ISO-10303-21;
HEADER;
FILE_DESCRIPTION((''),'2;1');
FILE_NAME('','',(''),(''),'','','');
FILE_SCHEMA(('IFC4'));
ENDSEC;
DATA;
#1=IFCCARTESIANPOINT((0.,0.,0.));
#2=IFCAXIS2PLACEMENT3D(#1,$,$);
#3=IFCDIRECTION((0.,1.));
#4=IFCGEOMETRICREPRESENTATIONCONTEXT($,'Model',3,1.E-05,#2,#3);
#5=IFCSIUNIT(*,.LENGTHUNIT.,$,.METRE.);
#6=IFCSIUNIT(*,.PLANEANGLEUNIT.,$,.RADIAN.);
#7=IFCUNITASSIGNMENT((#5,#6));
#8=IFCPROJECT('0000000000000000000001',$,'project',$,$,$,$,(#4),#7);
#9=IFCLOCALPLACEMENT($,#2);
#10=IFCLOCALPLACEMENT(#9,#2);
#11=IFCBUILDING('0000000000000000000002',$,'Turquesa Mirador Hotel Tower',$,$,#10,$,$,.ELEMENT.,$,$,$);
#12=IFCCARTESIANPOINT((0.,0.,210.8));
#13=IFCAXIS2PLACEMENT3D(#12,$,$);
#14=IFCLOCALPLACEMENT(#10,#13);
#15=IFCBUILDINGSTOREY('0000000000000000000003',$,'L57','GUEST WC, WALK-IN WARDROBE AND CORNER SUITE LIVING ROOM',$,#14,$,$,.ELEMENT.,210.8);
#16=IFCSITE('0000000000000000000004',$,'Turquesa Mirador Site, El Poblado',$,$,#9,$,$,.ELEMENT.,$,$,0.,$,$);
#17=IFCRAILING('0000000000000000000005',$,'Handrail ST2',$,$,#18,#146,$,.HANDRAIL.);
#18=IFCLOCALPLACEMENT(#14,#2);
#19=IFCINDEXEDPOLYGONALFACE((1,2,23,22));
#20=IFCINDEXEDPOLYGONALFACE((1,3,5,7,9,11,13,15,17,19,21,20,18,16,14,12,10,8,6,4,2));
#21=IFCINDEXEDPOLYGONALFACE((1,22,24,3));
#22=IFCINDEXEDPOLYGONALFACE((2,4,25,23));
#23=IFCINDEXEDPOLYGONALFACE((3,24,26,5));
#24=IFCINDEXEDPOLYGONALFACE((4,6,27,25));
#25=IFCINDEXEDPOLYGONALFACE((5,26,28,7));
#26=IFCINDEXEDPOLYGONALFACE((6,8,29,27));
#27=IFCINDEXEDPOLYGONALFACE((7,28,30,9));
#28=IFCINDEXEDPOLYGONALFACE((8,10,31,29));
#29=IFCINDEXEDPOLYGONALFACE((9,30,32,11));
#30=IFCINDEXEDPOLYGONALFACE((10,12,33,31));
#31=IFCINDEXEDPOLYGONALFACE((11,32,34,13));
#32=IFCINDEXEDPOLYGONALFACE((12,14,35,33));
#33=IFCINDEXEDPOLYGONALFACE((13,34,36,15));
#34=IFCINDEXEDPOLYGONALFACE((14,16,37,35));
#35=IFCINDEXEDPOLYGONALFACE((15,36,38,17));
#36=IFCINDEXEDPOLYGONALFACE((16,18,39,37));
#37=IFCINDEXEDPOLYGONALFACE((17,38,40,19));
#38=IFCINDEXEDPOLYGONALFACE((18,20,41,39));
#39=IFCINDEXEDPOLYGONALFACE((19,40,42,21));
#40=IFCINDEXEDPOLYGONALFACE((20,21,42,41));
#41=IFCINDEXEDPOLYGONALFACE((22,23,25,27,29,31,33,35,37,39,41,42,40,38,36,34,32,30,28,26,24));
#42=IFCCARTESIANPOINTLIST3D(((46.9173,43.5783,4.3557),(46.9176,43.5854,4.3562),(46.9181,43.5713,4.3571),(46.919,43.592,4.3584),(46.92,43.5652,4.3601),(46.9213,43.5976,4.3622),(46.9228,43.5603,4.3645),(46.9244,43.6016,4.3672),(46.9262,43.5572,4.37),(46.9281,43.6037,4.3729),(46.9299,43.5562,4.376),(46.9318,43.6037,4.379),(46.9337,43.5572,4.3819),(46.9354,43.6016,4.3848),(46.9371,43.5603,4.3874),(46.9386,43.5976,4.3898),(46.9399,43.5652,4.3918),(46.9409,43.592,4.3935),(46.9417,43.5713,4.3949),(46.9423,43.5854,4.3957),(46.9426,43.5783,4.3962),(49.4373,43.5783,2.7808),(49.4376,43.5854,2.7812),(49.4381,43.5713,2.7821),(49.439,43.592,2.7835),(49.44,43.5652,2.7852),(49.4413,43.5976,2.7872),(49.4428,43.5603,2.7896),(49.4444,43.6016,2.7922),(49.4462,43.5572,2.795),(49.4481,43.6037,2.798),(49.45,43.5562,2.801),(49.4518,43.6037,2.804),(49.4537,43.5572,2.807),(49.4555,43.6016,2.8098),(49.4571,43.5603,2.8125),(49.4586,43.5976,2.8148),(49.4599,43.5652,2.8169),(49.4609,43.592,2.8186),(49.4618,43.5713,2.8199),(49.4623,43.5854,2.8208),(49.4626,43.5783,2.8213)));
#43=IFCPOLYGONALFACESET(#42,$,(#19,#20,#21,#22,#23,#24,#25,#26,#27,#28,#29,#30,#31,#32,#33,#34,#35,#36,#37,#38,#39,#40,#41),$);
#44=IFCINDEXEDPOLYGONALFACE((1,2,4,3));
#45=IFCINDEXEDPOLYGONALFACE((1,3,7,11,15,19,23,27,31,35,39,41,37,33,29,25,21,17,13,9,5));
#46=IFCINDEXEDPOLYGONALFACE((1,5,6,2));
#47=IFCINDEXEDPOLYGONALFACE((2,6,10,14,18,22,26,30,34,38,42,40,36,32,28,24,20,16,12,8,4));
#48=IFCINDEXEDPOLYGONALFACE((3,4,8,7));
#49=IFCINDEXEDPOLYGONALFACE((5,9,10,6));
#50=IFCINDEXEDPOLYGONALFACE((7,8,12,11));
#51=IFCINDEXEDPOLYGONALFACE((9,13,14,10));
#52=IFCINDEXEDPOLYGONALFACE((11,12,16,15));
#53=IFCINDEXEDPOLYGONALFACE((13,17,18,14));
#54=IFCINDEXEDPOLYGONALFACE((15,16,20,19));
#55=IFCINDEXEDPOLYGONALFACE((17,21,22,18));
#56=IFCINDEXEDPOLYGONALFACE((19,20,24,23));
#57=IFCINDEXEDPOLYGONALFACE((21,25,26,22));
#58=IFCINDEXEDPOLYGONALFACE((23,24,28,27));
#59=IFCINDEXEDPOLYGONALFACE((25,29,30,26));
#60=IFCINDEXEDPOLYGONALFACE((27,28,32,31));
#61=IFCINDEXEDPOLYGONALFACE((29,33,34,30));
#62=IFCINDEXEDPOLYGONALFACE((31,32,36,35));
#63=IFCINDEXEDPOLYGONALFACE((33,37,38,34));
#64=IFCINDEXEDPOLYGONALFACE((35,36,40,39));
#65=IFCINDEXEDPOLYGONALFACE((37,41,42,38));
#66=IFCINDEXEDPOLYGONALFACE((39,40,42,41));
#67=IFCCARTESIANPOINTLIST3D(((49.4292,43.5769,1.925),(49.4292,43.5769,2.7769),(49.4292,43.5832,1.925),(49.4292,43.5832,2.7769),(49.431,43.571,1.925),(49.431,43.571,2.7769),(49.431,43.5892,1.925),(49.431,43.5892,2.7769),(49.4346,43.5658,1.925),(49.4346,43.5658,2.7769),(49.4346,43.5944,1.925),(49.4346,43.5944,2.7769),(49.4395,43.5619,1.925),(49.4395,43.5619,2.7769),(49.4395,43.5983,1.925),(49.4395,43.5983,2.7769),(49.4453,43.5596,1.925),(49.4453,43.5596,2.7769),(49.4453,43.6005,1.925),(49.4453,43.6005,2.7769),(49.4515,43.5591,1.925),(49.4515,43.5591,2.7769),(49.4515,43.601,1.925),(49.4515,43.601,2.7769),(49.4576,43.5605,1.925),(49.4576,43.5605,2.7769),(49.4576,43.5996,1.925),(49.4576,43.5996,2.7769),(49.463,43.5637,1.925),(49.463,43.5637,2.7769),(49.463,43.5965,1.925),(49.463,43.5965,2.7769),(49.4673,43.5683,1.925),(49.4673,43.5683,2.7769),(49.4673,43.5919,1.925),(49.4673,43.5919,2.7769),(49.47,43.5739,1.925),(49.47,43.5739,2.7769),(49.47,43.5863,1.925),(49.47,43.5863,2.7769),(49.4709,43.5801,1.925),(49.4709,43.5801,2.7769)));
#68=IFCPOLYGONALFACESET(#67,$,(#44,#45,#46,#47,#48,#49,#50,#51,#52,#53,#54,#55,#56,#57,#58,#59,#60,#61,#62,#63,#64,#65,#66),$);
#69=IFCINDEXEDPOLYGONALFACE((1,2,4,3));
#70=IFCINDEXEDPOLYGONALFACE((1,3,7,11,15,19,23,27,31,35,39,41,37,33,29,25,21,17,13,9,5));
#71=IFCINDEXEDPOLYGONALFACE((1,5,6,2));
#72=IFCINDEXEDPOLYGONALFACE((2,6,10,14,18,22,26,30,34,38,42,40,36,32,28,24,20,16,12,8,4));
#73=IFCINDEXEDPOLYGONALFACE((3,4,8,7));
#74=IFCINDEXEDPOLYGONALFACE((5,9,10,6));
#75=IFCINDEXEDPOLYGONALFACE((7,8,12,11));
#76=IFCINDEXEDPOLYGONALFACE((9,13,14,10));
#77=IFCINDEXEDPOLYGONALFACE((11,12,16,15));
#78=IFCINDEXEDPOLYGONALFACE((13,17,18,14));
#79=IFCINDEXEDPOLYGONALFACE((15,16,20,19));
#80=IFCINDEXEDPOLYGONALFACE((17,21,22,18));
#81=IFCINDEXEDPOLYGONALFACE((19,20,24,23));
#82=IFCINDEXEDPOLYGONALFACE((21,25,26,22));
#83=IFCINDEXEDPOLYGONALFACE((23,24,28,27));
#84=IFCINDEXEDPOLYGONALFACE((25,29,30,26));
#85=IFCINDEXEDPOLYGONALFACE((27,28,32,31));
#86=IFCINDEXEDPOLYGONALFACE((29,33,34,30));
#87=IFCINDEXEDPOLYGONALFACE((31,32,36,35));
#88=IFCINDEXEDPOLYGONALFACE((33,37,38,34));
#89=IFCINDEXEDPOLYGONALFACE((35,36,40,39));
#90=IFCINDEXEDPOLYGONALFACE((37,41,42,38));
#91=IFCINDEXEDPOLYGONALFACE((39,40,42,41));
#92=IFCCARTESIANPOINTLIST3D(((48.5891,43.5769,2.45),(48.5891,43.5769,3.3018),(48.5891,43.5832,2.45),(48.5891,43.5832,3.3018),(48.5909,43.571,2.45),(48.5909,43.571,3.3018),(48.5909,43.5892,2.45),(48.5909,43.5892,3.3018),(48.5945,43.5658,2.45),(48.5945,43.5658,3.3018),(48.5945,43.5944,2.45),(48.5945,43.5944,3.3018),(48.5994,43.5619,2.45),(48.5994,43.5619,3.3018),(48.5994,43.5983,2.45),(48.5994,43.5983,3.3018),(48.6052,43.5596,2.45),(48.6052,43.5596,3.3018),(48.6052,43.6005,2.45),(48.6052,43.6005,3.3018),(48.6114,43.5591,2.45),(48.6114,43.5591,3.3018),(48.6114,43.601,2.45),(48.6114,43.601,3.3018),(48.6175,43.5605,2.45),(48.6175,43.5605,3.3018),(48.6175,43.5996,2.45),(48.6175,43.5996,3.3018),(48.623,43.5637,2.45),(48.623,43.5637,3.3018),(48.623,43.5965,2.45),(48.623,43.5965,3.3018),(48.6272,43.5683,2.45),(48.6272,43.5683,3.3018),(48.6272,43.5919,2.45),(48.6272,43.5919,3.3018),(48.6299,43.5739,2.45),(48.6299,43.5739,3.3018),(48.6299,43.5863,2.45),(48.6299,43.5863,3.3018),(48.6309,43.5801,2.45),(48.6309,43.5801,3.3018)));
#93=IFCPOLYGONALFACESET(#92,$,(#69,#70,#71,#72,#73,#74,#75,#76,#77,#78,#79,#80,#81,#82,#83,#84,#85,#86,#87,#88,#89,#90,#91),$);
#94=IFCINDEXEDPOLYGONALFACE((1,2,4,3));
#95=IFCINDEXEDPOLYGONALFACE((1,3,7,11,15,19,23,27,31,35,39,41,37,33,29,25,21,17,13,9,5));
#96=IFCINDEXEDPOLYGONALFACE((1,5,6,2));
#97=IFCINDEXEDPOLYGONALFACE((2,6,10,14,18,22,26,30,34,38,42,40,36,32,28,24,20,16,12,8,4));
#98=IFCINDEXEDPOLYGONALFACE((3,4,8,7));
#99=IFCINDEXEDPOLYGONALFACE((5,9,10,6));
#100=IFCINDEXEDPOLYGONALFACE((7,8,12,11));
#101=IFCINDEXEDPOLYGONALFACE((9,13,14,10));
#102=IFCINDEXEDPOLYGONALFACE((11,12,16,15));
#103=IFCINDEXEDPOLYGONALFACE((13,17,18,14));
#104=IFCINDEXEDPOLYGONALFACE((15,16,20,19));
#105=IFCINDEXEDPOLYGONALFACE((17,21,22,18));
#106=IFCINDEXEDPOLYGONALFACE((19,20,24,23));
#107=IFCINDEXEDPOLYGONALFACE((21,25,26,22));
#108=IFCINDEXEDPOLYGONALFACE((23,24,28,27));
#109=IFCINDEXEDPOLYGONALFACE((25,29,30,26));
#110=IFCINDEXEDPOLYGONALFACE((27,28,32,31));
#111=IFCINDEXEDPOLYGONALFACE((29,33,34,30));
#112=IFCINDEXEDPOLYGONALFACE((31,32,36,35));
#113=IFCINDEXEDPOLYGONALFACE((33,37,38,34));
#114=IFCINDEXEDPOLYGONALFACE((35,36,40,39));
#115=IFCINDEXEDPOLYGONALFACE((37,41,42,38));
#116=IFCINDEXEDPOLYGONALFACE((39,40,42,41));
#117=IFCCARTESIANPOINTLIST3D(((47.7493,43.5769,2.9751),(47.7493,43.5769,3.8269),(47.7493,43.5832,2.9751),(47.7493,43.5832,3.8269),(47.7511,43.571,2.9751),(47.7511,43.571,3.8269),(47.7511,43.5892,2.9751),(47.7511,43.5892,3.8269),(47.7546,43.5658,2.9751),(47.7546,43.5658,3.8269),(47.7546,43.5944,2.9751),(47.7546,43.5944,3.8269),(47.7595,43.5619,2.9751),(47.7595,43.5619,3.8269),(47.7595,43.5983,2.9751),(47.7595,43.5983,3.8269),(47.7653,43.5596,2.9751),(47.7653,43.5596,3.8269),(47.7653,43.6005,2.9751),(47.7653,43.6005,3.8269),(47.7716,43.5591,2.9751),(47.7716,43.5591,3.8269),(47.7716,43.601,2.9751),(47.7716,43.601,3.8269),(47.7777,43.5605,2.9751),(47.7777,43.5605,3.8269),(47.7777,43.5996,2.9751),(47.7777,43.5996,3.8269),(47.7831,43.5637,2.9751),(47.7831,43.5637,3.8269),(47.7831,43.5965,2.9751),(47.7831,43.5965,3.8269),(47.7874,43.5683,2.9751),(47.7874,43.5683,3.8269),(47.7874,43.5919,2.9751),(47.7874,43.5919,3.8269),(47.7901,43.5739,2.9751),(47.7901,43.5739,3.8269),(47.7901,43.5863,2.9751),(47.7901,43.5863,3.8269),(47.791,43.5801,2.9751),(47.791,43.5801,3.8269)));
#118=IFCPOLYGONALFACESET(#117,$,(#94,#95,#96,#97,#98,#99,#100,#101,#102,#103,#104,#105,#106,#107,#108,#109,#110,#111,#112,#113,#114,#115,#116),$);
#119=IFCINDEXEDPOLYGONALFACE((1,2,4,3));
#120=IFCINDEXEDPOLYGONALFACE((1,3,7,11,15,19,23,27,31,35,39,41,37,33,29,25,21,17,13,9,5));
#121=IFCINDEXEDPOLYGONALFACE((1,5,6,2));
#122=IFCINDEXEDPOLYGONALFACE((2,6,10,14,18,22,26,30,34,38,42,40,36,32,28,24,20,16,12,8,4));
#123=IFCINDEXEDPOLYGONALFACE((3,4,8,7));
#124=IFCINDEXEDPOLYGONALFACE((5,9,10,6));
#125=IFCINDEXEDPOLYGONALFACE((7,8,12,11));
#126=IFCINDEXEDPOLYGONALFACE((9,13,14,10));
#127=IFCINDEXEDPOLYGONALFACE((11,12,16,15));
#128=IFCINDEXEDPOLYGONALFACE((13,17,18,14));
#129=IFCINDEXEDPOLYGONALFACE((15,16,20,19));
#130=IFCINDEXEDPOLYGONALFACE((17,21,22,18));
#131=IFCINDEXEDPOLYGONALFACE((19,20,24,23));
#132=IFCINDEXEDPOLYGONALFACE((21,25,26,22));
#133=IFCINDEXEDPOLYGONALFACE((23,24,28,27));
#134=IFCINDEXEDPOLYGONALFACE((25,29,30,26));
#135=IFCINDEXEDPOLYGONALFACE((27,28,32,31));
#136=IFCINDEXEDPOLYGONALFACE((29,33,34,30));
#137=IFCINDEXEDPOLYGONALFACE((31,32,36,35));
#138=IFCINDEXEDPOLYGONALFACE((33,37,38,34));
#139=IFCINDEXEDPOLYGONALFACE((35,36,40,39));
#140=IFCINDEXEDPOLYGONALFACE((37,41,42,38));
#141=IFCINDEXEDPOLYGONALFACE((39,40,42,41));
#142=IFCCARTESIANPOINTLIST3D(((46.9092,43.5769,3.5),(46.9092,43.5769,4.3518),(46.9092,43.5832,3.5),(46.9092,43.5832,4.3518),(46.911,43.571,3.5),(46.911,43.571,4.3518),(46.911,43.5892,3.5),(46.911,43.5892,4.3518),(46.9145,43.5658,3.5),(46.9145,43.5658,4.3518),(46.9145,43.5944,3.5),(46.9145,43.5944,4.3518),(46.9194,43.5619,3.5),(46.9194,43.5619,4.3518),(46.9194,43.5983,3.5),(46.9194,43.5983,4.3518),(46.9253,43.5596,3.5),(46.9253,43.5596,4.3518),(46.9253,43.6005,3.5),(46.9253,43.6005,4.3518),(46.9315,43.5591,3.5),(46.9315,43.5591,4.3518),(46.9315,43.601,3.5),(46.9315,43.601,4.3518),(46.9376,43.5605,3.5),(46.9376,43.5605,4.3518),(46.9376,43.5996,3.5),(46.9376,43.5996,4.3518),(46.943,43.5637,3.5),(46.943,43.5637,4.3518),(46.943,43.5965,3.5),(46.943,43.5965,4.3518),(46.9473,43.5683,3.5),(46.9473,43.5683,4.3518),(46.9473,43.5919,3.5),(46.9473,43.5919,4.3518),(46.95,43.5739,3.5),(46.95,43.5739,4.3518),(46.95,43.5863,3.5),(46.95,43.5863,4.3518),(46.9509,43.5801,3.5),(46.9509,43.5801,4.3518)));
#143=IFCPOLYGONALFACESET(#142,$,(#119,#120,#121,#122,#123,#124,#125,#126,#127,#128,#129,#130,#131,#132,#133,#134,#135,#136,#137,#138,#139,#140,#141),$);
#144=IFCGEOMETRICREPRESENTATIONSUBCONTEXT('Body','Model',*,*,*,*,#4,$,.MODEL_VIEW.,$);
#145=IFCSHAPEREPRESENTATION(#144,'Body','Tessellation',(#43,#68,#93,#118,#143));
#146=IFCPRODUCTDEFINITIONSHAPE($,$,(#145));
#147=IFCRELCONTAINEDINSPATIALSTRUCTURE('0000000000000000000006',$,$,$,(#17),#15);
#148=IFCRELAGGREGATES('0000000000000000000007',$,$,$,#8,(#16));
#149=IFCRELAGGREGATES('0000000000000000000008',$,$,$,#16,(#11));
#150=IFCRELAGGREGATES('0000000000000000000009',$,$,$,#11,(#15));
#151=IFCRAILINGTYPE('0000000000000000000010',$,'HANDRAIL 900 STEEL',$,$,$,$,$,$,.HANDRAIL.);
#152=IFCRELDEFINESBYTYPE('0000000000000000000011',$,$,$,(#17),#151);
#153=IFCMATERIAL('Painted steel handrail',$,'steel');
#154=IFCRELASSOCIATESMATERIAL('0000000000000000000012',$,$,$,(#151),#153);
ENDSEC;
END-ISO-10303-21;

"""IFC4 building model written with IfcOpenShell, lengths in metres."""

from ifc_helpers import new_model, si_unit, direction, frame, origin, origin_2d, place, context, subcontext, project, spatial, circle, extrude, material, type_object, element, save


model = new_model("IFC4")

# Units and contexts
model_context = context("Model", 3, precision=1e-05, world=origin(), true_north=direction((0.0, 1.0)))
body_context = subcontext(model_context, "Body", "Model", "MODEL_VIEW")
ifc_project = project(units=[si_unit("LENGTHUNIT", "METRE"), si_unit("PLANEANGLEUNIT", "RADIAN")], contexts=[model_context])

# Site, building, storey
site_placement = place(None, origin())
site = spatial("IfcSite", under=ifc_project, at=site_placement, Name="Turquesa Mirador Site, El Poblado", CompositionType="ELEMENT", RefElevation=0.0)
building_placement = place(site_placement, origin())
building = spatial("IfcBuilding", under=site, at=building_placement, Name="Turquesa Mirador Hotel Tower", CompositionType="ELEMENT")
storey_placement = place(building_placement, frame((0.0, 0.0, 210.8)))
storey = spatial("IfcBuildingStorey", under=building, at=storey_placement, Name="L57", Description="GUEST WC, WALK-IN WARDROBE AND CORNER SUITE LIVING ROOM", CompositionType="ELEMENT", Elevation=210.8)

# Railing
ifc_material_1 = material(Name="Painted steel handrail", Category="steel")
railing_type = type_object("IfcRailingType", Name="HANDRAIL 900 STEEL", PredefinedType="HANDRAIL", material=ifc_material_1)
railing_1_placement = place(storey_placement, frame((49.45, 43.5801, 1.925)))
element("IfcRailing", 1, at=railing_1_placement, inside=storey, type_object=railing_type, Name="Handrail ST2", PredefinedType="HANDRAIL", context=body_context, shape_type="SweptSolid", body=[
    extrude(circle(Radius=0.0239, at=origin_2d()), frame((0.0, 0.0, 0.876), z_axis=(-0.848008, 0.0, 0.529984), x_axis=(0.0, -1.0, 0.0)), (0.0, 0.0, 1.0), 2.9717),
    extrude(circle(Radius=0.021, at=origin_2d()), origin(), (0.0, 0.0, 1.0), 0.8518),
    extrude(circle(Radius=0.021, at=origin_2d()), frame((-0.8401, 0.0, 0.5249)), (0.0, 0.0, 1.0), 0.8518),
    extrude(circle(Radius=0.021, at=origin_2d()), frame((-1.6799, 0.0, 1.05)), (0.0, 0.0, 1.0), 0.8518),
    extrude(circle(Radius=0.021, at=origin_2d()), frame((-2.52, 0.0, 1.575)), (0.0, 0.0, 1.0), 0.8518),
])

save(model, "model.ifc")
